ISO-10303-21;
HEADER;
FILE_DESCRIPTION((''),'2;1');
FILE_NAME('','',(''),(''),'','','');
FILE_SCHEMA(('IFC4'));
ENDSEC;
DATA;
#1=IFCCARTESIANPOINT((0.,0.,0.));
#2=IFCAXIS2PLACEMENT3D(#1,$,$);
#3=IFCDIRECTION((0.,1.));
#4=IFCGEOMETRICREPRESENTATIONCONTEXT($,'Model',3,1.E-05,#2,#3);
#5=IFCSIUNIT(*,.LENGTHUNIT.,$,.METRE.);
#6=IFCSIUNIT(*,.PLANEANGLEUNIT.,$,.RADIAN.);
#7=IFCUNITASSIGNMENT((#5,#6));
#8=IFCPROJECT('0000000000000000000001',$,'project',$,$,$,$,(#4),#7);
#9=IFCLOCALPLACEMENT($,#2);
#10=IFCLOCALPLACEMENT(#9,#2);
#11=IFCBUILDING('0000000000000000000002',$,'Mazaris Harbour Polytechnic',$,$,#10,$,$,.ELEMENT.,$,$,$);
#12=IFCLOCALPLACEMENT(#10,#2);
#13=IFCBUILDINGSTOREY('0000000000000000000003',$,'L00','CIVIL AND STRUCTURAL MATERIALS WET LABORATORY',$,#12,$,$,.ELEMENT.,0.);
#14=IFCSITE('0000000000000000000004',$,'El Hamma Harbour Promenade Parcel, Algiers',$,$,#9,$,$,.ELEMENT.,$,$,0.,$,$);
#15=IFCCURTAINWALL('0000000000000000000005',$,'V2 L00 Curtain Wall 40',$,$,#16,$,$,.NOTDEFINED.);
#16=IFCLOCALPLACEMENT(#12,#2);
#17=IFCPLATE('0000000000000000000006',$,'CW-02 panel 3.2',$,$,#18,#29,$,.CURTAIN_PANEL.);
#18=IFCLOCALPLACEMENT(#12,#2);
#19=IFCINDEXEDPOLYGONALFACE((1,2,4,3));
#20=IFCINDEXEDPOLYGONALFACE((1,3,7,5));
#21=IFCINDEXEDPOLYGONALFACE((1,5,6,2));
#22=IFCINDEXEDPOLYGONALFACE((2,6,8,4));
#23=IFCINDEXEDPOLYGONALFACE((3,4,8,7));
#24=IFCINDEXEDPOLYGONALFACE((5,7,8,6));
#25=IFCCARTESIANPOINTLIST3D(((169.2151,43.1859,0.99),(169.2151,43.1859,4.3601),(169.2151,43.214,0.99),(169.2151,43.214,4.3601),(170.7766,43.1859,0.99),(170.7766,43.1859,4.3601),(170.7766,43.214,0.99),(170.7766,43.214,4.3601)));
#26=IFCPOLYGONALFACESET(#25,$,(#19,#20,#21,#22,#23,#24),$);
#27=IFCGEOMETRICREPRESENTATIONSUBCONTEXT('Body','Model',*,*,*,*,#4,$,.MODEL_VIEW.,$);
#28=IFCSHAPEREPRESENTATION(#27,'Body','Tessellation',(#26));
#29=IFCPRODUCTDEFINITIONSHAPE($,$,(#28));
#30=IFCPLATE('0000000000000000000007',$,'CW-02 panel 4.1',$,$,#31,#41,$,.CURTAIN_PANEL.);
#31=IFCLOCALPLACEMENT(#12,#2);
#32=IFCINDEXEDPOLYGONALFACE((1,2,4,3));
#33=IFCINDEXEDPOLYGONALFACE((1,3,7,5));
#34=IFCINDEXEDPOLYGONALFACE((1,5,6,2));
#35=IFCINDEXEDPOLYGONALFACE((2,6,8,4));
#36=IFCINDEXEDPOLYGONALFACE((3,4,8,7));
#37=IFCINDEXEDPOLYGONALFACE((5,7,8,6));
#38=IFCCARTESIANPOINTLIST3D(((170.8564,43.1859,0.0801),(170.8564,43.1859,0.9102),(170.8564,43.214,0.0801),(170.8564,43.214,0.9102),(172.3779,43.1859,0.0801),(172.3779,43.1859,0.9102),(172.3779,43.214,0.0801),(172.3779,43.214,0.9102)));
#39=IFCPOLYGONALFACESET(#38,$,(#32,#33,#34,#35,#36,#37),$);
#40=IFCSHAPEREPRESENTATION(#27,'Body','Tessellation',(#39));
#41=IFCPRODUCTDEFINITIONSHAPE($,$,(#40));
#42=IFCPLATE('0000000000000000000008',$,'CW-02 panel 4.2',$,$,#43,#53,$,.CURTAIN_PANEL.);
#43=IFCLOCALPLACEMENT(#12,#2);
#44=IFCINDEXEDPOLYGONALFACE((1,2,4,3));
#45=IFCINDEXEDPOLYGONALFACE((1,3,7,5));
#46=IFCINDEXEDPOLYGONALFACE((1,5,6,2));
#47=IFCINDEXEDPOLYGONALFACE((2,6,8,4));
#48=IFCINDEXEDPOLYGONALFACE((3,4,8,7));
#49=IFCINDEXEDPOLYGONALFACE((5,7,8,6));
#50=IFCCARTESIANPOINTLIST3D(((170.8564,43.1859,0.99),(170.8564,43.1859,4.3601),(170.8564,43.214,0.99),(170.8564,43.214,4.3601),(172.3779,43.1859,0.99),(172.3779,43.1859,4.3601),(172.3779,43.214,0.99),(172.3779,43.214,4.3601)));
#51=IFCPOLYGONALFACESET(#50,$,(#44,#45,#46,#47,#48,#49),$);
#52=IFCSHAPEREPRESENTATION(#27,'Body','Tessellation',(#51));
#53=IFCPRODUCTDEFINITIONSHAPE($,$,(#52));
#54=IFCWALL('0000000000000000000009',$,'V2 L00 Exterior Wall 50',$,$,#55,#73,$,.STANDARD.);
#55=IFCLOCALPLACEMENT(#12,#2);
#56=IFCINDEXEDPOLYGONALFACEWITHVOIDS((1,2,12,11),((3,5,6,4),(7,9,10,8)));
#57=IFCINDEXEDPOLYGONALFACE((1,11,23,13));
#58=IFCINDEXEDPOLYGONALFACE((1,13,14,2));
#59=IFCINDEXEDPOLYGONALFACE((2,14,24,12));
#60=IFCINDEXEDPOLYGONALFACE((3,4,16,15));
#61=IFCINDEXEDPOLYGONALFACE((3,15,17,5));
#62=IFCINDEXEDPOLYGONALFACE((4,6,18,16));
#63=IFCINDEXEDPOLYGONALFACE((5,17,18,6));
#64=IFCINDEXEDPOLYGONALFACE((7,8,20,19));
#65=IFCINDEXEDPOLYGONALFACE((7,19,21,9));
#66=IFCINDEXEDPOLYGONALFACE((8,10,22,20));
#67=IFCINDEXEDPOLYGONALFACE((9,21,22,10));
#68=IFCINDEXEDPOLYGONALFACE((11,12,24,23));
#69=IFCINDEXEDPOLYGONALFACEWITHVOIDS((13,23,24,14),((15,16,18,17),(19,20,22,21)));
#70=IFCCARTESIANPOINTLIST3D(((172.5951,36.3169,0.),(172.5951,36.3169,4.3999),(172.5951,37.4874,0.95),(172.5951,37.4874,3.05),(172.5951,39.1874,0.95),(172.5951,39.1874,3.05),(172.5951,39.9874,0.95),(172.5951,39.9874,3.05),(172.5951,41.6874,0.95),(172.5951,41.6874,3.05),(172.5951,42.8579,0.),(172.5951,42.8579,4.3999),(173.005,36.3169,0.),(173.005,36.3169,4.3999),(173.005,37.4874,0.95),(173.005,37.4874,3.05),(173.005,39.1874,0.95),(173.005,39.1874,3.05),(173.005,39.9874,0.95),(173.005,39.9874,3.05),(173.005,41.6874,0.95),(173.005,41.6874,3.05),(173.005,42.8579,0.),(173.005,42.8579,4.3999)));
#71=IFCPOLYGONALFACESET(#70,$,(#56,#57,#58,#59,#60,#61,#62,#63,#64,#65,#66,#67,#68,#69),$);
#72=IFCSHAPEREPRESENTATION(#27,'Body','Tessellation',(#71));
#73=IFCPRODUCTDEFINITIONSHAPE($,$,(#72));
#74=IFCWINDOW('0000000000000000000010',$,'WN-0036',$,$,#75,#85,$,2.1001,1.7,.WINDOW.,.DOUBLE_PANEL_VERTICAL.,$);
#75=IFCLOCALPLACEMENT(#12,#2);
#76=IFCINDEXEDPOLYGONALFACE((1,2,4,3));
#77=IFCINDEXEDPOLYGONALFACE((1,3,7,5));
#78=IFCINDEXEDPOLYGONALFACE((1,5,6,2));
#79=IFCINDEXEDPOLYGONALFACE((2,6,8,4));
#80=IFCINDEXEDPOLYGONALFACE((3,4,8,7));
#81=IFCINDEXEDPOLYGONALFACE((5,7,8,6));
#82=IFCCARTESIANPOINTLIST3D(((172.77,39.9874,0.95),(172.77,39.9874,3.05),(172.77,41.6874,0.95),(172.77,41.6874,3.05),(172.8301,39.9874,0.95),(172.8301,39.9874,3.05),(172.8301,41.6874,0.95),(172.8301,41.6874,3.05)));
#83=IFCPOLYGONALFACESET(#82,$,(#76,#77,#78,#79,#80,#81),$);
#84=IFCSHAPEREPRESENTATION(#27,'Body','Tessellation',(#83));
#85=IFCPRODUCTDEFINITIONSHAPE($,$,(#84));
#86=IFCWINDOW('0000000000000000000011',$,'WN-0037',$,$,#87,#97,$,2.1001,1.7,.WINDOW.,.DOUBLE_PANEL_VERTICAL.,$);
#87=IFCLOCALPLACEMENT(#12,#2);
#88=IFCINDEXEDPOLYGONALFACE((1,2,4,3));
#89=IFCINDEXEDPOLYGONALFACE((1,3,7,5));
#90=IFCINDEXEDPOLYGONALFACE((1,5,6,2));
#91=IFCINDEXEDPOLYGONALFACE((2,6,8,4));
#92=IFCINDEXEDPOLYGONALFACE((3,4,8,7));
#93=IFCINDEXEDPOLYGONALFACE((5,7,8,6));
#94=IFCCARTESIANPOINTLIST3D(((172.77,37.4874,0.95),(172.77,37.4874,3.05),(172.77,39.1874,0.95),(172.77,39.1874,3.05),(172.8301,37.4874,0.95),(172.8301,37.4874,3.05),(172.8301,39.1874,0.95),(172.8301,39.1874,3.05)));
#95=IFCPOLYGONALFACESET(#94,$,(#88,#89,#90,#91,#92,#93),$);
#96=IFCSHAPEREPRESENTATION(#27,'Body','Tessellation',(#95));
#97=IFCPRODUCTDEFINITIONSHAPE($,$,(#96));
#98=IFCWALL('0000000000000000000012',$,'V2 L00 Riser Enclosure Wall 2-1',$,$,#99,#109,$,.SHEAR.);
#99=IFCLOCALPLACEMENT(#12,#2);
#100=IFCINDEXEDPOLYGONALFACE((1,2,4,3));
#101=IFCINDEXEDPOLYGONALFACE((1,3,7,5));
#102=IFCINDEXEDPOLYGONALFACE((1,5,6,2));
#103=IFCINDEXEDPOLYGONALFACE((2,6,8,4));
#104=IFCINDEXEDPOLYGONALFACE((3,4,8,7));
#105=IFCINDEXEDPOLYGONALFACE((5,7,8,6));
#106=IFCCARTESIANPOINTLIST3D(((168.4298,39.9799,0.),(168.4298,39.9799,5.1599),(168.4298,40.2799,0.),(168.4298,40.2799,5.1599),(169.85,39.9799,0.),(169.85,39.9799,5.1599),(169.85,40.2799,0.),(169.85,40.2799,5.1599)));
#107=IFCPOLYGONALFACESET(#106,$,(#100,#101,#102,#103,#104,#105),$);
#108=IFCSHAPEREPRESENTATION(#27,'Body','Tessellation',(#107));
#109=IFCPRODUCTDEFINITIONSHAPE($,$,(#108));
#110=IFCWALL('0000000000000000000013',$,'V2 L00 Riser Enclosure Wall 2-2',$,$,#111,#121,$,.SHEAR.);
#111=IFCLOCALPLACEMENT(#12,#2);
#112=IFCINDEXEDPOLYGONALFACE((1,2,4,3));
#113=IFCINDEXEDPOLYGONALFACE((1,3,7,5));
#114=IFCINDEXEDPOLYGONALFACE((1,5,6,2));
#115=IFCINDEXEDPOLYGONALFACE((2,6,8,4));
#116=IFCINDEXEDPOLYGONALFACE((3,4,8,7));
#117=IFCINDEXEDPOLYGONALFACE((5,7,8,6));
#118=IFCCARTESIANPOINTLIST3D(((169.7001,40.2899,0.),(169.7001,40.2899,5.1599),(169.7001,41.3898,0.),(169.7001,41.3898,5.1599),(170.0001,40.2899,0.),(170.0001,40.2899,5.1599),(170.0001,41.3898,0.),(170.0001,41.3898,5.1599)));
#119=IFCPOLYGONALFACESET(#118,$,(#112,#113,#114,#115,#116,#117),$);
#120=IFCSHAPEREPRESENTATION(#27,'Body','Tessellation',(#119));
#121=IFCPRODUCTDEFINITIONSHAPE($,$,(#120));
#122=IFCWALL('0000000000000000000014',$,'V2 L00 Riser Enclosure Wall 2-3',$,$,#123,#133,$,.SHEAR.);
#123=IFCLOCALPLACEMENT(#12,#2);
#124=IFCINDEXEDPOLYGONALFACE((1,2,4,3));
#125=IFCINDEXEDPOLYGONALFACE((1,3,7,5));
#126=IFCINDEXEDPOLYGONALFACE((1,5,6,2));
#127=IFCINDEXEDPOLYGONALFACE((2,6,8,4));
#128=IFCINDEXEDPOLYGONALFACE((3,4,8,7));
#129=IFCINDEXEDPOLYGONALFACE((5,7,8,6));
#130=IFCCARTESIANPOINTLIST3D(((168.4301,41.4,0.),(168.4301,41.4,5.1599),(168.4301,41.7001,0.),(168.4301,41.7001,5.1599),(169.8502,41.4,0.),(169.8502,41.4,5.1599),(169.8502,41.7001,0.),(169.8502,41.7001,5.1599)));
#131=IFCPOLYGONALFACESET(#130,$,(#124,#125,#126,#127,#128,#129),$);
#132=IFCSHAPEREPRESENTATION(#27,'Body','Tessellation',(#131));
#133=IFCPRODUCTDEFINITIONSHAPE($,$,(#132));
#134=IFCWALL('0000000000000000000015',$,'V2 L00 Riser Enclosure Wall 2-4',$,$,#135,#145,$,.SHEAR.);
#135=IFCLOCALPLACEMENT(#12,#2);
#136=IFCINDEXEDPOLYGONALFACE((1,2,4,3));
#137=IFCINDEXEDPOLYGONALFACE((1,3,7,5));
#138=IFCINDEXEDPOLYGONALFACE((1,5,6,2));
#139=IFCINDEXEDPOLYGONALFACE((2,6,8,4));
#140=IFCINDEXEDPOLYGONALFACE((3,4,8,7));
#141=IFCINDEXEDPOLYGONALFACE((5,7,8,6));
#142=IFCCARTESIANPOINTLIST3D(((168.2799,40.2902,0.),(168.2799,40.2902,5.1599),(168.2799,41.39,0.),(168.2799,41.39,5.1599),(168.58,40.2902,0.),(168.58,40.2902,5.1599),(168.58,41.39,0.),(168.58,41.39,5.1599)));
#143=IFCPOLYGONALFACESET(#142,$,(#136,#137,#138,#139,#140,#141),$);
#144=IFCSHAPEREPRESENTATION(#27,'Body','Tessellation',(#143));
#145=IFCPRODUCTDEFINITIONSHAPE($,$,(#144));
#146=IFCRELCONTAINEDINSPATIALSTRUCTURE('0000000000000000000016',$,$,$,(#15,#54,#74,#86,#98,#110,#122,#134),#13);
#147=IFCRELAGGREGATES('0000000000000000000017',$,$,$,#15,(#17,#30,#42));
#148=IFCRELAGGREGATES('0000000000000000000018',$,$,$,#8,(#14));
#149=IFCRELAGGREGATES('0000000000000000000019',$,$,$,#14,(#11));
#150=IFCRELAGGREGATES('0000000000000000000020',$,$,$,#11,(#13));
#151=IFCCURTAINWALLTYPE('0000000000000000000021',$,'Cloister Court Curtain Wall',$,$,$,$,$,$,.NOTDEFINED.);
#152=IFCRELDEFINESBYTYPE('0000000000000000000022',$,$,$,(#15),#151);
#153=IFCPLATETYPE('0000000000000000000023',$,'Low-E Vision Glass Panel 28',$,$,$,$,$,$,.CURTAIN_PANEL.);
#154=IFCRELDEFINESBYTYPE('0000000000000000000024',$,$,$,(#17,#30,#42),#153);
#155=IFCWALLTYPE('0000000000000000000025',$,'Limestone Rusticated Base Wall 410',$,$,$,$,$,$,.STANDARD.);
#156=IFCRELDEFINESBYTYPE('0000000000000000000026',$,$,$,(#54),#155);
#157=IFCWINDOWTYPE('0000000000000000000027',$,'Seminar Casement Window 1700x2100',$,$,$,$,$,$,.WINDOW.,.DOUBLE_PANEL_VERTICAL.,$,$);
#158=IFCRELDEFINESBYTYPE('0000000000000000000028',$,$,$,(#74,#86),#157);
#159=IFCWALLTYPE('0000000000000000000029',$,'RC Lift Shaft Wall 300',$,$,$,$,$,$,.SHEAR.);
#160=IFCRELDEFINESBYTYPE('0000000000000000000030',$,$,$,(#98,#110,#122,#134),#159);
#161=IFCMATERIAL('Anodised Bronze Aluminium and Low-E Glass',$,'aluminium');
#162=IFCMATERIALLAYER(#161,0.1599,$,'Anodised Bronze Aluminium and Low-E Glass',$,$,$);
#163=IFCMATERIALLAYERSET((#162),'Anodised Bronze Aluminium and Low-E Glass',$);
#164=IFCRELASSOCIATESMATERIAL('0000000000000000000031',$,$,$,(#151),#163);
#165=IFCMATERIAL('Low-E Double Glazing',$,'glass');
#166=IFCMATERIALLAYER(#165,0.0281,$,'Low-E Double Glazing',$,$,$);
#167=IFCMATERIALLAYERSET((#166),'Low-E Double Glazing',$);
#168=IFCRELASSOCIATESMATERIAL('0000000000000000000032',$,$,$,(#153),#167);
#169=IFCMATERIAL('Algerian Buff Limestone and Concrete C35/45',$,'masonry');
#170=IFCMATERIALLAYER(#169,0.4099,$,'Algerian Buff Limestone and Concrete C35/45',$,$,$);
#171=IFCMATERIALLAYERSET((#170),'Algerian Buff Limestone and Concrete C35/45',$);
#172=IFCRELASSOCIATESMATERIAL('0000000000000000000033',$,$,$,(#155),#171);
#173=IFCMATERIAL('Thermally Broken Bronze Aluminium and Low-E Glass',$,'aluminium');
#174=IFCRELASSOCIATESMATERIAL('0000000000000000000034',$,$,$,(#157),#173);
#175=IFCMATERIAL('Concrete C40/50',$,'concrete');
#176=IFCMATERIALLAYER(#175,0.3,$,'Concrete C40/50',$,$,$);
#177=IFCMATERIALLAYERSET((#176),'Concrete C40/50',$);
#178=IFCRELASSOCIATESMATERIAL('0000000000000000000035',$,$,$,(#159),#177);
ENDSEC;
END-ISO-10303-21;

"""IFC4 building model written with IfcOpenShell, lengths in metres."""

from ifc_helpers import new_model, si_unit, direction, frame, frame_2d, origin, origin_2d, place, context, subcontext, project, spatial, rectangle, extrude, material, layer, layer_set, type_object, element, fill, aggregate, save


model = new_model("IFC4")

# Units and contexts
model_context = context("Model", 3, precision=1e-05, world=origin(), true_north=direction((0.0, 1.0)))
body_context = subcontext(model_context, "Body", "Model", "MODEL_VIEW")
ifc_project = project(units=[si_unit("LENGTHUNIT", "METRE"), si_unit("PLANEANGLEUNIT", "RADIAN")], contexts=[model_context])

# Site, building, storey
site_placement = place(None, origin())
site = spatial("IfcSite", under=ifc_project, at=site_placement, Name="El Hamma Harbour Promenade Parcel, Algiers", CompositionType="ELEMENT", RefElevation=0.0)
building_placement = place(site_placement, origin())
building = spatial("IfcBuilding", under=site, at=building_placement, Name="Mazaris Harbour Polytechnic", CompositionType="ELEMENT")
storey_placement = place(building_placement, origin())
storey = spatial("IfcBuildingStorey", under=building, at=storey_placement, Name="L00", Description="CIVIL AND STRUCTURAL MATERIALS WET LABORATORY", CompositionType="ELEMENT", Elevation=0.0)

# Curtain wall, plates
ifc_material_1 = material(Name="Anodised Bronze Aluminium and Low-E Glass", Category="aluminium")
ifc_layer_1 = layer(ifc_material_1, 0.1599, Name="Anodised Bronze Aluminium and Low-E Glass")
ifc_layer_set_1 = layer_set([ifc_layer_1], Name="Anodised Bronze Aluminium and Low-E Glass")
curtain_wall_type = type_object("IfcCurtainWallType", Name="Cloister Court Curtain Wall", PredefinedType="NOTDEFINED", material=ifc_layer_set_1)
curtain_wall_placement = place(storey_placement, origin())
curtain_wall = element("IfcCurtainWall", 1, at=curtain_wall_placement, inside=storey, type_object=curtain_wall_type, Name="V2 L00 Curtain Wall 40", PredefinedType="NOTDEFINED")
ifc_material_2 = material(Name="Low-E Double Glazing", Category="glass")
ifc_layer_2 = layer(ifc_material_2, 0.0281, Name="Low-E Double Glazing")
ifc_layer_set_2 = layer_set([ifc_layer_2], Name="Low-E Double Glazing")
plate_type = type_object("IfcPlateType", Name="Low-E Vision Glass Panel 28", PredefinedType="CURTAIN_PANEL", material=ifc_layer_set_2)
plate_1_placement = place(storey_placement, frame((169.9958, 43.2, 0.99), z_axis=(0.0, 0.0, 1.0), x_axis=(1.0, 0.0, 0.0)))
plate_1 = element("IfcPlate", 2, at=plate_1_placement, type_object=plate_type, Name="CW-02 panel 3.2", PredefinedType="CURTAIN_PANEL", context=body_context, shape_type="SweptSolid", body=[
    extrude(rectangle(XDim=1.5615, YDim=0.0281, at=origin_2d()), origin(), (0.0, 0.0, 1.0), 3.3701),
])
plate_2_placement = place(storey_placement, frame((171.6172, 43.2, 0.0801), z_axis=(0.0, 0.0, 1.0), x_axis=(1.0, 0.0, 0.0)))
plate_2 = element("IfcPlate", 3, at=plate_2_placement, type_object=plate_type, Name="CW-02 panel 4.1", PredefinedType="CURTAIN_PANEL", context=body_context, shape_type="SweptSolid", body=[
    extrude(rectangle(XDim=1.5215, YDim=0.0281, at=origin_2d()), origin(), (0.0, 0.0, 1.0), 0.8301),
])
plate_3_placement = place(storey_placement, frame((171.6172, 43.2, 0.99), z_axis=(0.0, 0.0, 1.0), x_axis=(1.0, 0.0, 0.0)))
plate_3 = element("IfcPlate", 4, at=plate_3_placement, type_object=plate_type, Name="CW-02 panel 4.2", PredefinedType="CURTAIN_PANEL", context=body_context, shape_type="SweptSolid", body=[
    extrude(rectangle(XDim=1.5215, YDim=0.0281, at=origin_2d()), origin(), (0.0, 0.0, 1.0), 3.3701),
])
aggregate(curtain_wall, [plate_1, plate_2, plate_3])

# Wall, openings, windows
ifc_material_3 = material(Name="Algerian Buff Limestone and Concrete C35/45", Category="masonry")
ifc_layer_3 = layer(ifc_material_3, 0.4099, Name="Algerian Buff Limestone and Concrete C35/45")
ifc_layer_set_3 = layer_set([ifc_layer_3], Name="Algerian Buff Limestone and Concrete C35/45")
wall_type_1 = type_object("IfcWallType", Name="Limestone Rusticated Base Wall 410", PredefinedType="STANDARD", material=ifc_layer_set_3)
wall_1_placement = place(storey_placement, frame((172.8, 42.8579, 0.0), z_axis=(0.0, 0.0, 1.0), x_axis=(0.0, -1.0, 0.0)))
wall_1 = element("IfcWall", 5, at=wall_1_placement, inside=storey, type_object=wall_type_1, Name="V2 L00 Exterior Wall 50", PredefinedType="STANDARD", context=body_context, shape_type="SweptSolid", body=[
    extrude(rectangle(XDim=6.541, YDim=0.4099, at=frame_2d((3.2705, 0.0))), origin(), (0.0, 0.0, 1.0), 4.3999),
])
opening_1_placement = place(wall_1_placement, frame((1.1704, 0.0, 0.95)))
opening_1 = element("IfcOpeningElement", 6, at=opening_1_placement, cuts=wall_1, PredefinedType="OPENING", context=body_context, shape_type="SweptSolid", body=[
    extrude(rectangle(XDim=1.7, YDim=2.1001, at=frame_2d((0.8501, 1.05))), frame((0.0, 0.2148, 0.0), z_axis=(0.0, -1.0, 0.0), x_axis=(1.0, 0.0, 0.0)), (0.0, 0.0, 1.0), 0.4299),
])
opening_2_placement = place(wall_1_placement, frame((3.6704, 0.0, 0.95)))
opening_2 = element("IfcOpeningElement", 7, at=opening_2_placement, cuts=wall_1, PredefinedType="OPENING", context=body_context, shape_type="SweptSolid", body=[
    extrude(rectangle(XDim=1.7, YDim=2.1001, at=frame_2d((0.8501, 1.05))), frame((0.0, 0.2148, 0.0), z_axis=(0.0, -1.0, 0.0), x_axis=(1.0, 0.0, 0.0)), (0.0, 0.0, 1.0), 0.4299),
])
ifc_material_4 = material(Name="Thermally Broken Bronze Aluminium and Low-E Glass", Category="aluminium")
window_type = type_object("IfcWindowType", Name="Seminar Casement Window 1700x2100", PartitioningType="DOUBLE_PANEL_VERTICAL", PredefinedType="WINDOW", material=ifc_material_4)
window_1_placement = place(opening_1_placement, origin())
window_1 = element("IfcWindow", 8, at=window_1_placement, inside=storey, type_object=window_type, Name="WN-0036", OverallHeight=2.1001, OverallWidth=1.7, PartitioningType="DOUBLE_PANEL_VERTICAL", PredefinedType="WINDOW", context=body_context, shape_type="SweptSolid", body=[
    extrude(rectangle(XDim=1.7, YDim=2.1001, at=frame_2d((0.8501, 1.05))), frame((0.0, 0.03, 0.0), z_axis=(0.0, -1.0, 0.0), x_axis=(1.0, 0.0, 0.0)), (0.0, 0.0, 1.0), 0.0601),
])
fill(opening_1, window_1)
window_2_placement = place(opening_2_placement, origin())
window_2 = element("IfcWindow", 9, at=window_2_placement, inside=storey, type_object=window_type, Name="WN-0037", OverallHeight=2.1001, OverallWidth=1.7, PartitioningType="DOUBLE_PANEL_VERTICAL", PredefinedType="WINDOW", context=body_context, shape_type="SweptSolid", body=[
    extrude(rectangle(XDim=1.7, YDim=2.1001, at=frame_2d((0.8501, 1.05))), frame((0.0, 0.03, 0.0), z_axis=(0.0, -1.0, 0.0), x_axis=(1.0, 0.0, 0.0)), (0.0, 0.0, 1.0), 0.0601),
])
fill(opening_2, window_2)

# Walls
ifc_material_5 = material(Name="Concrete C40/50", Category="concrete")
ifc_layer_4 = layer(ifc_material_5, 0.3, Name="Concrete C40/50")
ifc_layer_set_4 = layer_set([ifc_layer_4], Name="Concrete C40/50")
wall_type_2 = type_object("IfcWallType", Name="RC Lift Shaft Wall 300", PredefinedType="SHEAR", material=ifc_layer_set_4)
wall_2_placement = place(storey_placement, frame((168.4299, 40.1299, 0.0), z_axis=(0.0, 0.0, 1.0), x_axis=(1.0, 0.0, 0.0)))
element("IfcWall", 10, at=wall_2_placement, inside=storey, type_object=wall_type_2, Name="V2 L00 Riser Enclosure Wall 2-1", PredefinedType="SHEAR", context=body_context, shape_type="SweptSolid", body=[
    extrude(rectangle(XDim=1.4202, YDim=0.3, at=frame_2d((0.71, 0.0))), origin(), (0.0, 0.0, 1.0), 5.1599),
])
wall_3_placement = place(storey_placement, frame((169.8501, 40.29, 0.0), z_axis=(0.0, 0.0, 1.0), x_axis=(0.0, 1.0, 0.0)))
element("IfcWall", 11, at=wall_3_placement, inside=storey, type_object=wall_type_2, Name="V2 L00 Riser Enclosure Wall 2-2", PredefinedType="SHEAR", context=body_context, shape_type="SweptSolid", body=[
    extrude(rectangle(XDim=1.0999, YDim=0.3, at=frame_2d((0.5498, 0.0))), origin(), (0.0, 0.0, 1.0), 5.1599),
])
wall_4_placement = place(storey_placement, frame((169.8501, 41.55, 0.0), z_axis=(0.0, 0.0, 1.0), x_axis=(-1.0, 0.0, 0.0)))
element("IfcWall", 12, at=wall_4_placement, inside=storey, type_object=wall_type_2, Name="V2 L00 Riser Enclosure Wall 2-3", PredefinedType="SHEAR", context=body_context, shape_type="SweptSolid", body=[
    extrude(rectangle(XDim=1.4202, YDim=0.3, at=frame_2d((0.71, 0.0))), origin(), (0.0, 0.0, 1.0), 5.1599),
])
wall_5_placement = place(storey_placement, frame((168.4299, 41.3899, 0.0), z_axis=(0.0, 0.0, 1.0), x_axis=(0.0, -1.0, 0.0)))
element("IfcWall", 13, at=wall_5_placement, inside=storey, type_object=wall_type_2, Name="V2 L00 Riser Enclosure Wall 2-4", PredefinedType="SHEAR", context=body_context, shape_type="SweptSolid", body=[
    extrude(rectangle(XDim=1.0999, YDim=0.3, at=frame_2d((0.5498, 0.0))), origin(), (0.0, 0.0, 1.0), 5.1599),
])

save(model, "model.ifc")
